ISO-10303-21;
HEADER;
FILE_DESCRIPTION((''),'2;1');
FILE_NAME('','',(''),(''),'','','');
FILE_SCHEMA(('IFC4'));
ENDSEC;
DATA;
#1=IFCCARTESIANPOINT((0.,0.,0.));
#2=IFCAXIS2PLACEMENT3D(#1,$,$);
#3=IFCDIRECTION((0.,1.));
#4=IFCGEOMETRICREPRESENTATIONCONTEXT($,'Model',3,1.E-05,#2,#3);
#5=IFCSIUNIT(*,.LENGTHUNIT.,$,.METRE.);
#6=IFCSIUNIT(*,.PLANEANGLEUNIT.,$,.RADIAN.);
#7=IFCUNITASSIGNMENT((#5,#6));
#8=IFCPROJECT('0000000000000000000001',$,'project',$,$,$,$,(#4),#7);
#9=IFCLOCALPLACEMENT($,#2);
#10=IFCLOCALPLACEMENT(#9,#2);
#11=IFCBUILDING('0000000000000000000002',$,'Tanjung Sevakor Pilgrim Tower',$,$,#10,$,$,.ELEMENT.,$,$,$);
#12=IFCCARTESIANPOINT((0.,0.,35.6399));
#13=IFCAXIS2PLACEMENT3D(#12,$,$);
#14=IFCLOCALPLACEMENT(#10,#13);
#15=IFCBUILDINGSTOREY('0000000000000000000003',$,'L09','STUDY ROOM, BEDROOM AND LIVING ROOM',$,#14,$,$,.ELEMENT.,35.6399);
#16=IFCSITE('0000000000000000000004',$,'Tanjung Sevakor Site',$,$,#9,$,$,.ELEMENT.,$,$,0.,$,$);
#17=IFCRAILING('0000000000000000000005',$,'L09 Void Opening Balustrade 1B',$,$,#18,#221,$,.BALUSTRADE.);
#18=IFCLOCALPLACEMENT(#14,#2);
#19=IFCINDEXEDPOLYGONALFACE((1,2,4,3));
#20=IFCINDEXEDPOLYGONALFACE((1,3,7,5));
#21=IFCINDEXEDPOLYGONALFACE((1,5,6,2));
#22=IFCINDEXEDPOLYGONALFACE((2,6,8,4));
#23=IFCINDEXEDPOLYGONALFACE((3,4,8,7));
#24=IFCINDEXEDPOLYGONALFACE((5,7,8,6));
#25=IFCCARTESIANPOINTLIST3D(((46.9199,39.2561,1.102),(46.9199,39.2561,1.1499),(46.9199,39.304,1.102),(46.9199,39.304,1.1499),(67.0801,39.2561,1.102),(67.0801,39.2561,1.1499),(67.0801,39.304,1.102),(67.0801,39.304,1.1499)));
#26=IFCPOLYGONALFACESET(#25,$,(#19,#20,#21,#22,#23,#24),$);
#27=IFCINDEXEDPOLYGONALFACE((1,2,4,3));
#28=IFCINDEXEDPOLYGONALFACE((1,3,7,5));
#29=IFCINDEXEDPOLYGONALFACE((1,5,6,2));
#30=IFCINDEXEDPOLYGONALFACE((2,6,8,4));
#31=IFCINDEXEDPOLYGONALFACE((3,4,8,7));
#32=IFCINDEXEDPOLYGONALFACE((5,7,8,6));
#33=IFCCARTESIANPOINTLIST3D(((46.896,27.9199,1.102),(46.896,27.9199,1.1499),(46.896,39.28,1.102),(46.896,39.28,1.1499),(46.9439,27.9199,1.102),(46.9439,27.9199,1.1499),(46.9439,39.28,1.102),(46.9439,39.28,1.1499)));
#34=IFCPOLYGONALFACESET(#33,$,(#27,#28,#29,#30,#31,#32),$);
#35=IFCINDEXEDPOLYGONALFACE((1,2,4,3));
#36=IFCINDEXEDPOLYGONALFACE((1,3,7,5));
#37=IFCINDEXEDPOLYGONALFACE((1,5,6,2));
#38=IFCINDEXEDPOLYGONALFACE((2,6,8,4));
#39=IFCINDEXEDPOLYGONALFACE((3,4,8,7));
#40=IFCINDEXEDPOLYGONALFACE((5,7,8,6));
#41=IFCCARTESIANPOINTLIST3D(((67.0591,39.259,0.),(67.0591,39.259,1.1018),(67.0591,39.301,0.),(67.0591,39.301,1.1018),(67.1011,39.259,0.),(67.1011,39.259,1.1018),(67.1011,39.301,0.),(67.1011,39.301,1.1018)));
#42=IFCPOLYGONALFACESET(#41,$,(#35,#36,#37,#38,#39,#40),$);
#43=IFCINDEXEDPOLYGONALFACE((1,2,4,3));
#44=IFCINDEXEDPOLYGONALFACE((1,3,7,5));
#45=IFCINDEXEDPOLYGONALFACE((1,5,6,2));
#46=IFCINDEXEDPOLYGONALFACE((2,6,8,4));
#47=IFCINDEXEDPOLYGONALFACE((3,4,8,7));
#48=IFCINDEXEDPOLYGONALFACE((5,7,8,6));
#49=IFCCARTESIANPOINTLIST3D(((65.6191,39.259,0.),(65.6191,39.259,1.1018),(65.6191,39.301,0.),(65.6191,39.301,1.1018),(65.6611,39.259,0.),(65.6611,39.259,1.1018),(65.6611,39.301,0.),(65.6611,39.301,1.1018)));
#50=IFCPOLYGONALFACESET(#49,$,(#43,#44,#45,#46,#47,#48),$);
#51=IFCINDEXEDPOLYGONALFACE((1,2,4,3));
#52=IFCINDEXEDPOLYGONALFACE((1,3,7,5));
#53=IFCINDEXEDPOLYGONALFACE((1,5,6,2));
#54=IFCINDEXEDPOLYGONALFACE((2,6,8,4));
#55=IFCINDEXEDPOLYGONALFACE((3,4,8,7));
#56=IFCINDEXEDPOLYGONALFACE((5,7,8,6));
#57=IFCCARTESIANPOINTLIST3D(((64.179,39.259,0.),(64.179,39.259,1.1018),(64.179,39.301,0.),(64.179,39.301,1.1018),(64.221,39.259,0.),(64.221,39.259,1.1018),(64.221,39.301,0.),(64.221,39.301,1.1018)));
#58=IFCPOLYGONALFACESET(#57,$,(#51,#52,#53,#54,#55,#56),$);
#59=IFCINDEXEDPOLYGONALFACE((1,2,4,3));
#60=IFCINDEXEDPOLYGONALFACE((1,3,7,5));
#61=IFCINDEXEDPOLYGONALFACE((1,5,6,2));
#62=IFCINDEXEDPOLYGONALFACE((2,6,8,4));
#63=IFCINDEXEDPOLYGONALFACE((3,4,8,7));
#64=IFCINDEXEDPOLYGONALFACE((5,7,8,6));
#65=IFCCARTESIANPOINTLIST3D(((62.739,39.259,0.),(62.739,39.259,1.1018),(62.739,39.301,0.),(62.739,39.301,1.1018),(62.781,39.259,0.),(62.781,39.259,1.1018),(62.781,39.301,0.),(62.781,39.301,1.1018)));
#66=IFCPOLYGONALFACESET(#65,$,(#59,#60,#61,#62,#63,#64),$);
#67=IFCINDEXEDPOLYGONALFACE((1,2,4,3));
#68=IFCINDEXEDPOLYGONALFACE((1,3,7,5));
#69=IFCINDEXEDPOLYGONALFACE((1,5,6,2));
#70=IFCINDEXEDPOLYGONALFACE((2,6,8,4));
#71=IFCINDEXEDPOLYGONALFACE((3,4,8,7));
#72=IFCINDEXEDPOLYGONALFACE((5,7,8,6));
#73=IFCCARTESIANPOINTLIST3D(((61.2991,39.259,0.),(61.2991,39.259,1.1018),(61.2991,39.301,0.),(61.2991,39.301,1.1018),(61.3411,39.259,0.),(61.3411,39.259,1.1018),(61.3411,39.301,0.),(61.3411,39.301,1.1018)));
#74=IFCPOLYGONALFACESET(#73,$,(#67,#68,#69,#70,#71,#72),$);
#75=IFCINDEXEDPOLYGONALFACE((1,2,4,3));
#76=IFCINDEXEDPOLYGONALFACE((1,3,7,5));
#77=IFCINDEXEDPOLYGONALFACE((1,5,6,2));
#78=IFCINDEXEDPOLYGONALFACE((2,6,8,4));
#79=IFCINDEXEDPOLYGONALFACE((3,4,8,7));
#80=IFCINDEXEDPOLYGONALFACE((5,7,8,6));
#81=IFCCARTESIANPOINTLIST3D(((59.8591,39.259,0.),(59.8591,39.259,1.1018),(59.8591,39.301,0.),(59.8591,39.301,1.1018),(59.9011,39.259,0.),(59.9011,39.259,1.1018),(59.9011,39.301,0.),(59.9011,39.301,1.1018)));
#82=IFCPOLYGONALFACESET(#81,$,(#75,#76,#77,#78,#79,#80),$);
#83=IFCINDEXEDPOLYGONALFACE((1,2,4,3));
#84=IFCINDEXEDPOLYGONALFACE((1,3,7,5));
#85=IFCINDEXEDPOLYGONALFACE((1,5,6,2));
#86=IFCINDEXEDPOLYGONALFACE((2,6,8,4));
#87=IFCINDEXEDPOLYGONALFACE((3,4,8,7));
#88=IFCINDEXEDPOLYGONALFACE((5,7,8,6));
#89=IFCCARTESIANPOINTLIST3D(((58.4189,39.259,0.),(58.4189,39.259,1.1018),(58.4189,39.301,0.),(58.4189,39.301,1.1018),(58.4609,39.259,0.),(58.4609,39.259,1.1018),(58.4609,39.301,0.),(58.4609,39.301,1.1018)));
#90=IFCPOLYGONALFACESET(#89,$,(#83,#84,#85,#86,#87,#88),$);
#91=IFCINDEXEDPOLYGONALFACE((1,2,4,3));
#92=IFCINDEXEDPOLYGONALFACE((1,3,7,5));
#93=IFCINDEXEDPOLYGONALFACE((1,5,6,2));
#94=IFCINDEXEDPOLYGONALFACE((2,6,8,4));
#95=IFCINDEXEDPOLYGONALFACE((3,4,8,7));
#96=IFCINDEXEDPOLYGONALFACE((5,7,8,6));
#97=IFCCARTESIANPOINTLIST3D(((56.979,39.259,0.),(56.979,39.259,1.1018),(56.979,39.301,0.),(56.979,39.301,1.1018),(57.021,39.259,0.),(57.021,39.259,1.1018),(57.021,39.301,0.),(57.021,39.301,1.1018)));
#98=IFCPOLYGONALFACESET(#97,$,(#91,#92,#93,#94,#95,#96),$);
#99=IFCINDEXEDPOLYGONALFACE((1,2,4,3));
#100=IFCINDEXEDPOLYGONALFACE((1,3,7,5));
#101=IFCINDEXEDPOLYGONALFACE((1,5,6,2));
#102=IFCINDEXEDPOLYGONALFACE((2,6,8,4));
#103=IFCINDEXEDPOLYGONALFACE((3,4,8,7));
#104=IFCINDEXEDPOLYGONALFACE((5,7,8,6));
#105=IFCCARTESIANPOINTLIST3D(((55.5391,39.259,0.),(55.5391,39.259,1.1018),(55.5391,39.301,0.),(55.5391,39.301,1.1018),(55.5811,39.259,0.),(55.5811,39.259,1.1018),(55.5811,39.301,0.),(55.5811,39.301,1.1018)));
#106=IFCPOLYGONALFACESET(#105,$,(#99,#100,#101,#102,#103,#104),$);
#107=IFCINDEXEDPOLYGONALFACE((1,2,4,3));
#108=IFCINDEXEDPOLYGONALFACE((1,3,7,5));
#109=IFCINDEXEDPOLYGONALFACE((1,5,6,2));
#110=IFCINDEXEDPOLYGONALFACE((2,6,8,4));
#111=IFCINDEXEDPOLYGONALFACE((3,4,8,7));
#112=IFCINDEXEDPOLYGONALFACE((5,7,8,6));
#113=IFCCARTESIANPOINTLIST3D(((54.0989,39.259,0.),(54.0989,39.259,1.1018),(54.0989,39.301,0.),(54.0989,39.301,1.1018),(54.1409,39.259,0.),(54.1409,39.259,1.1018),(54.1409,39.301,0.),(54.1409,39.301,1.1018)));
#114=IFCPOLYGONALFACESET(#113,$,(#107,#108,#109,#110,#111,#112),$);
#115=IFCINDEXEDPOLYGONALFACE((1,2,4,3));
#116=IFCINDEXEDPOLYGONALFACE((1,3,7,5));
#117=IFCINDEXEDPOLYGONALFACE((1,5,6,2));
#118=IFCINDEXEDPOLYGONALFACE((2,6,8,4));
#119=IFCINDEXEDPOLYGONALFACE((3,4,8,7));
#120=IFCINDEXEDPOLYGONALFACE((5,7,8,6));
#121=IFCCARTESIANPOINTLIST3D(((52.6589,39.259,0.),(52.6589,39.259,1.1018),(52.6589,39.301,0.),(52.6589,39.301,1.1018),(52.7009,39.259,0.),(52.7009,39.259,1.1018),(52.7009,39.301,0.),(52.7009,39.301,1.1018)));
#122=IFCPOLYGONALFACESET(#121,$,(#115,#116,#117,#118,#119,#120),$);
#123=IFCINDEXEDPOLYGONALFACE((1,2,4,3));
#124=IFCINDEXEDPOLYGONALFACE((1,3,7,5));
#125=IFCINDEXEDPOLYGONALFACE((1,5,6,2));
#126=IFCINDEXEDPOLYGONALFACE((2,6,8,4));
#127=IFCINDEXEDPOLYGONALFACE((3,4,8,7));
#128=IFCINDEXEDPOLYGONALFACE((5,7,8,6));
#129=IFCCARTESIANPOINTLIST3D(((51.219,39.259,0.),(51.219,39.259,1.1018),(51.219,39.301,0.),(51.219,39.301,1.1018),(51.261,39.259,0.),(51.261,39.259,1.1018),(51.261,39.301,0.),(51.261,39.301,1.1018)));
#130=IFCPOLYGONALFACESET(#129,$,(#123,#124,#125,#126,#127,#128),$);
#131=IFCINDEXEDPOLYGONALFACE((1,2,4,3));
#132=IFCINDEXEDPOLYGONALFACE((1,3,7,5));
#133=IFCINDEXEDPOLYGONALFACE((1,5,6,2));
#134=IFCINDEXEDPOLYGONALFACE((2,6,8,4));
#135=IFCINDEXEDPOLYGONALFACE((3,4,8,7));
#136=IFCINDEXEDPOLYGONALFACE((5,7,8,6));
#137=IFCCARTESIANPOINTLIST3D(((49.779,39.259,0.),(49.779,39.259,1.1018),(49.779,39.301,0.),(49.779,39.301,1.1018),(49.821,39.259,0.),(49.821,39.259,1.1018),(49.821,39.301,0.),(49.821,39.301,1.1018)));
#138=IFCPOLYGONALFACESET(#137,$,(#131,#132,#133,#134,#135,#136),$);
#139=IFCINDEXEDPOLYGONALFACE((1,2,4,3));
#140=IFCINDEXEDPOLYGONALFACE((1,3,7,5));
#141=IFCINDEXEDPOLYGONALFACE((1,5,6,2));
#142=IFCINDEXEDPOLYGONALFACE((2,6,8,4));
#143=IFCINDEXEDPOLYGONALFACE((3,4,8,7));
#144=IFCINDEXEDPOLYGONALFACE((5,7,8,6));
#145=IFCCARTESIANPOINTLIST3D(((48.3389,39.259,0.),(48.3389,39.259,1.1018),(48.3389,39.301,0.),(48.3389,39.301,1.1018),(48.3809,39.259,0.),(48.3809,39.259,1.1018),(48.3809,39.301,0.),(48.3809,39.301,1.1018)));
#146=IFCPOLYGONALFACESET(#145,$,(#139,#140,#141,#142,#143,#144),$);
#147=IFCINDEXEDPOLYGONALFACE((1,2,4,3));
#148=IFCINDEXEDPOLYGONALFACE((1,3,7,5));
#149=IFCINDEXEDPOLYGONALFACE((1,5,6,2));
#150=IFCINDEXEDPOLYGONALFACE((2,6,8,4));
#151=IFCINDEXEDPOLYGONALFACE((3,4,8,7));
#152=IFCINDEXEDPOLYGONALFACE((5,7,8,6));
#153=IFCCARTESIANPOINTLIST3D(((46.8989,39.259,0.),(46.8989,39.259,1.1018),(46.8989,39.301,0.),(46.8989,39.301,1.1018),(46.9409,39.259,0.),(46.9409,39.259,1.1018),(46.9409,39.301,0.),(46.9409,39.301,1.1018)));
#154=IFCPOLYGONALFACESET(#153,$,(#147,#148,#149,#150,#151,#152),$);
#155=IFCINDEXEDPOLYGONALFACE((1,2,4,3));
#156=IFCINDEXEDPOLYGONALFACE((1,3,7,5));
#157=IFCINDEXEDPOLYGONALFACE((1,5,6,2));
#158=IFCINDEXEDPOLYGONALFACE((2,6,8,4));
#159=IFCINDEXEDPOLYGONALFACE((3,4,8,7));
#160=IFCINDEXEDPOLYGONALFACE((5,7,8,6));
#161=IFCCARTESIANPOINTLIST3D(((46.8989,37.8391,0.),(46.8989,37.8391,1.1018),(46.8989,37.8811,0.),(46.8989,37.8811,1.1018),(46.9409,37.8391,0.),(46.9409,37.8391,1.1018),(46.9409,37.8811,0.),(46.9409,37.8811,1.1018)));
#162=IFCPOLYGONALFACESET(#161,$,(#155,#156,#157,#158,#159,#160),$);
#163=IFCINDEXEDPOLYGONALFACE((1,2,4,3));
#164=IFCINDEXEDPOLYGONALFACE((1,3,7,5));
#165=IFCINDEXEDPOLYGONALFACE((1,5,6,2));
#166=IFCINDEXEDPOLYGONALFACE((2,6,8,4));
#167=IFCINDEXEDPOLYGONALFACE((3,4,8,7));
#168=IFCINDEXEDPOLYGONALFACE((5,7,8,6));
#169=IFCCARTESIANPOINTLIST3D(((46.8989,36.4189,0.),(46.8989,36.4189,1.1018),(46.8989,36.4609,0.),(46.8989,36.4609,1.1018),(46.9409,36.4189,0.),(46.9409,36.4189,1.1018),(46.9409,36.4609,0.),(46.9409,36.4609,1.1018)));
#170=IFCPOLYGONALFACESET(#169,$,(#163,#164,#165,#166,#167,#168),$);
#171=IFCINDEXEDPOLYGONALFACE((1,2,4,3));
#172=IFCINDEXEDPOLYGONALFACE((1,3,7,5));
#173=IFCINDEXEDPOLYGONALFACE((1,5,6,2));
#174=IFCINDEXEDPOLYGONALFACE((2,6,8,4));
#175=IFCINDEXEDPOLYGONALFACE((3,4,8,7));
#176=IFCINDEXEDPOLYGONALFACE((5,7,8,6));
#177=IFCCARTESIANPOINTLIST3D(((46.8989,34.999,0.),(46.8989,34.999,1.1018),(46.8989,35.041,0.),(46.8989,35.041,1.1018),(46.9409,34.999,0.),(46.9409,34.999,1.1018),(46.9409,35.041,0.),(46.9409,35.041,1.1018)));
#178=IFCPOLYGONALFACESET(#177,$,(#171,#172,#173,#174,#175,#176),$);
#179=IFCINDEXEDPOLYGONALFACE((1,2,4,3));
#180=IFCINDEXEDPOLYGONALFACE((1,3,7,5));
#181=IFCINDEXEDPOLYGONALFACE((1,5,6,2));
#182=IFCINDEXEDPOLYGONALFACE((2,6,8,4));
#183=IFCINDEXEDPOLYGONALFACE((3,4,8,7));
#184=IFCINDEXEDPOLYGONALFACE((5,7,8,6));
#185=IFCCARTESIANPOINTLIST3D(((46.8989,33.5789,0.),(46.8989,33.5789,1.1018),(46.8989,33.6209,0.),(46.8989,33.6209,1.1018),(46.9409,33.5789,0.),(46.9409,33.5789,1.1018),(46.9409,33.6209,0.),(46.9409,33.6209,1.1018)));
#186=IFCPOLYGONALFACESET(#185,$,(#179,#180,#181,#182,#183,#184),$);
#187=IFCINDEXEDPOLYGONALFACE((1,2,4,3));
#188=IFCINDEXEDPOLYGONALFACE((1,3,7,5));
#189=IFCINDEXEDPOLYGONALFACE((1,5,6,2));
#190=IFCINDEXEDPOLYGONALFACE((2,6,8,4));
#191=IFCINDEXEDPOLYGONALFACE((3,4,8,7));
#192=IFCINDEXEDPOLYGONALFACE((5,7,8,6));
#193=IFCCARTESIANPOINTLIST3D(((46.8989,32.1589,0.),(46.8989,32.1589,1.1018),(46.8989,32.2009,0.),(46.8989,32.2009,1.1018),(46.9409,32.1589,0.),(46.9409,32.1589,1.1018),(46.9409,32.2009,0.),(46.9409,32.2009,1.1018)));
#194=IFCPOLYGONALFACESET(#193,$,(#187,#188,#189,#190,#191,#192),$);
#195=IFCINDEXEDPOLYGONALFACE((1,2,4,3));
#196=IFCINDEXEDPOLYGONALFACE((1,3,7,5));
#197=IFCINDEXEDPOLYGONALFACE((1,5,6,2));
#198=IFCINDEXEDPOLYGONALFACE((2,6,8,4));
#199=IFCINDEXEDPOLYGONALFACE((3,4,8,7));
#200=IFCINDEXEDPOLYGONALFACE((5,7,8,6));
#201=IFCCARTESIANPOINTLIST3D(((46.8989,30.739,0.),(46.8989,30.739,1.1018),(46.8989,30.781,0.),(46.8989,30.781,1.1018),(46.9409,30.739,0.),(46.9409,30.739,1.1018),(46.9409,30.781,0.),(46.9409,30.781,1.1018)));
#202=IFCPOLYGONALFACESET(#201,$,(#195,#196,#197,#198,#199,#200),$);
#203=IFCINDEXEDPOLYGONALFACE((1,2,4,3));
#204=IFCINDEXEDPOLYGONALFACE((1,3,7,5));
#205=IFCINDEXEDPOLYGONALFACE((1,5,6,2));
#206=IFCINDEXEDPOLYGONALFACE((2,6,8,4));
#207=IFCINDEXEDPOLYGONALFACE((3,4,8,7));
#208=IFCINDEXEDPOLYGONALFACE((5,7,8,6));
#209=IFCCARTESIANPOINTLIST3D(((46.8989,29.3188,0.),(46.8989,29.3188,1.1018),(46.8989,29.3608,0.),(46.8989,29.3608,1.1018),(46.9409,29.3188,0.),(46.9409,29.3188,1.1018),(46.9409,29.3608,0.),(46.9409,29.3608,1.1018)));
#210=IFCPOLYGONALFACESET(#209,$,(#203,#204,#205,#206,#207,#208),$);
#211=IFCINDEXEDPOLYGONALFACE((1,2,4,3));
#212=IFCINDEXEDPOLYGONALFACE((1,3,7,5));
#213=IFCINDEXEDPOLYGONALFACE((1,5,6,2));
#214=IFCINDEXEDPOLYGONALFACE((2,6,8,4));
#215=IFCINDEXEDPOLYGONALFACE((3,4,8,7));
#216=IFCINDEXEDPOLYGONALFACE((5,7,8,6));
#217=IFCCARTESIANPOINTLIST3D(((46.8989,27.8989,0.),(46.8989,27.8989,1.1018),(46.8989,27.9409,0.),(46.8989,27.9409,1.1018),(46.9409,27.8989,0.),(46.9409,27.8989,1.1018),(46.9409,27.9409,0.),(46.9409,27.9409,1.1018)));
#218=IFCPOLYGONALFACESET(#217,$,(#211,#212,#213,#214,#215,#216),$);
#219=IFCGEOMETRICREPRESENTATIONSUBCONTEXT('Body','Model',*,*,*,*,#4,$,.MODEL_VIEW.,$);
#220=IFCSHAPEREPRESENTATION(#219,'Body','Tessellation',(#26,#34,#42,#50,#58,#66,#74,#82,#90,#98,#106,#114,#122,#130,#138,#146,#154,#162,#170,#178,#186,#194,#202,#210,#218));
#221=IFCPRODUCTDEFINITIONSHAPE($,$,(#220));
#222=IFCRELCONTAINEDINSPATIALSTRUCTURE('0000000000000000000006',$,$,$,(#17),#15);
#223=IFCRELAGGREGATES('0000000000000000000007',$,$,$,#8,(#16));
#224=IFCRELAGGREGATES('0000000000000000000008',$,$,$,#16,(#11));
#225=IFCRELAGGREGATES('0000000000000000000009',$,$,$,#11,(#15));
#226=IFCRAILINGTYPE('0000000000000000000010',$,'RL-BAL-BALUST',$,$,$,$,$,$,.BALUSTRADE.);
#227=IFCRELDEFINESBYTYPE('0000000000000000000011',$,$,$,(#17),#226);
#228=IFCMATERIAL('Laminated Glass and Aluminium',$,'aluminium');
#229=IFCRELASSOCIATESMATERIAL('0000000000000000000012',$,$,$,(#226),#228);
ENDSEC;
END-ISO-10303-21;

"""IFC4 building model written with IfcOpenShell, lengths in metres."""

from ifc_helpers import new_model, si_unit, direction, frame, origin, place, context, subcontext, project, spatial, rectangle, extrude, material, type_object, element, save


model = new_model("IFC4")

# Units and contexts
model_context = context("Model", 3, precision=1e-05, world=origin(), true_north=direction((0.0, 1.0)))
body_context = subcontext(model_context, "Body", "Model", "MODEL_VIEW")
ifc_project = project(units=[si_unit("LENGTHUNIT", "METRE"), si_unit("PLANEANGLEUNIT", "RADIAN")], contexts=[model_context])

# Site, building, storey
site_placement = place(None, origin())
site = spatial("IfcSite", under=ifc_project, at=site_placement, Name="Tanjung Sevakor Site", CompositionType="ELEMENT", RefElevation=0.0)
building_placement = place(site_placement, origin())
building = spatial("IfcBuilding", under=site, at=building_placement, Name="Tanjung Sevakor Pilgrim Tower", CompositionType="ELEMENT")
storey_placement = place(building_placement, frame((0.0, 0.0, 35.6399)))
storey = spatial("IfcBuildingStorey", under=building, at=storey_placement, Name="L09", Description="STUDY ROOM, BEDROOM AND LIVING ROOM", CompositionType="ELEMENT", Elevation=35.6399)

# Railing
ifc_material_1 = material(Name="Laminated Glass and Aluminium", Category="aluminium")
railing_type = type_object("IfcRailingType", Name="RL-BAL-BALUST", PredefinedType="BALUSTRADE", material=ifc_material_1)
railing_placement = place(storey_placement, frame((67.0801, 39.28, 0.0)))
element("IfcRailing", 1, at=railing_placement, inside=storey, type_object=railing_type, Name="L09 Void Opening Balustrade 1B", PredefinedType="BALUSTRADE", context=body_context, shape_type="SweptSolid", body=[
    extrude(rectangle(XDim=0.0479, YDim=0.0479), frame((0.0, 0.0, 1.126), z_axis=(-1.0, 0.0, 0.0), x_axis=(0.0, -1.0, 0.0)), (0.0, 0.0, 1.0), 20.1602),
    extrude(rectangle(XDim=0.0479, YDim=0.0479), frame((-20.1602, 0.0, 1.126), z_axis=(0.0, -1.0, 0.0), x_axis=(1.0, 0.0, 0.0)), (0.0, 0.0, 1.0), 11.3601),
    extrude(rectangle(XDim=0.042, YDim=0.042), origin(), (0.0, 0.0, 1.0), 1.1018),
    extrude(rectangle(XDim=0.042, YDim=0.042), frame((-1.4399, 0.0, 0.0)), (0.0, 0.0, 1.0), 1.1018),
    extrude(rectangle(XDim=0.042, YDim=0.042), frame((-2.8801, 0.0, 0.0)), (0.0, 0.0, 1.0), 1.1018),
    extrude(rectangle(XDim=0.042, YDim=0.042), frame((-4.3201, 0.0, 0.0)), (0.0, 0.0, 1.0), 1.1018),
    extrude(rectangle(XDim=0.042, YDim=0.042), frame((-5.76, 0.0, 0.0)), (0.0, 0.0, 1.0), 1.1018),
    extrude(rectangle(XDim=0.042, YDim=0.042), frame((-7.2, 0.0, 0.0)), (0.0, 0.0, 1.0), 1.1018),
    extrude(rectangle(XDim=0.042, YDim=0.042), frame((-8.6401, 0.0, 0.0)), (0.0, 0.0, 1.0), 1.1018),
    extrude(rectangle(XDim=0.042, YDim=0.042), frame((-10.0801, 0.0, 0.0)), (0.0, 0.0, 1.0), 1.1018),
    extrude(rectangle(XDim=0.042, YDim=0.042), frame((-11.52, 0.0, 0.0)), (0.0, 0.0, 1.0), 1.1018),
    extrude(rectangle(XDim=0.042, YDim=0.042), frame((-12.9602, 0.0, 0.0)), (0.0, 0.0, 1.0), 1.1018),
    extrude(rectangle(XDim=0.042, YDim=0.042), frame((-14.4001, 0.0, 0.0)), (0.0, 0.0, 1.0), 1.1018),
    extrude(rectangle(XDim=0.042, YDim=0.042), frame((-15.8401, 0.0, 0.0)), (0.0, 0.0, 1.0), 1.1018),
    extrude(rectangle(XDim=0.042, YDim=0.042), frame((-17.28, 0.0, 0.0)), (0.0, 0.0, 1.0), 1.1018),
    extrude(rectangle(XDim=0.042, YDim=0.042), frame((-18.7202, 0.0, 0.0)), (0.0, 0.0, 1.0), 1.1018),
    extrude(rectangle(XDim=0.042, YDim=0.042), frame((-20.1602, 0.0, 0.0)), (0.0, 0.0, 1.0), 1.1018),
    extrude(rectangle(XDim=0.042, YDim=0.042), frame((-20.1602, -1.4199, 0.0)), (0.0, 0.0, 1.0), 1.1018),
    extrude(rectangle(XDim=0.042, YDim=0.042), frame((-20.1602, -2.8401, 0.0)), (0.0, 0.0, 1.0), 1.1018),
    extrude(rectangle(XDim=0.042, YDim=0.042), frame((-20.1602, -4.26, 0.0)), (0.0, 0.0, 1.0), 1.1018),
    extrude(rectangle(XDim=0.042, YDim=0.042), frame((-20.1602, -5.6802, 0.0)), (0.0, 0.0, 1.0), 1.1018),
    extrude(rectangle(XDim=0.042, YDim=0.042), frame((-20.1602, -7.1001, 0.0)), (0.0, 0.0, 1.0), 1.1018),
    extrude(rectangle(XDim=0.042, YDim=0.042), frame((-20.1602, -8.52, 0.0)), (0.0, 0.0, 1.0), 1.1018),
    extrude(rectangle(XDim=0.042, YDim=0.042), frame((-20.1602, -9.9402, 0.0)), (0.0, 0.0, 1.0), 1.1018),
    extrude(rectangle(XDim=0.042, YDim=0.042), frame((-20.1602, -11.3601, 0.0)), (0.0, 0.0, 1.0), 1.1018),
])

save(model, "model.ifc")
